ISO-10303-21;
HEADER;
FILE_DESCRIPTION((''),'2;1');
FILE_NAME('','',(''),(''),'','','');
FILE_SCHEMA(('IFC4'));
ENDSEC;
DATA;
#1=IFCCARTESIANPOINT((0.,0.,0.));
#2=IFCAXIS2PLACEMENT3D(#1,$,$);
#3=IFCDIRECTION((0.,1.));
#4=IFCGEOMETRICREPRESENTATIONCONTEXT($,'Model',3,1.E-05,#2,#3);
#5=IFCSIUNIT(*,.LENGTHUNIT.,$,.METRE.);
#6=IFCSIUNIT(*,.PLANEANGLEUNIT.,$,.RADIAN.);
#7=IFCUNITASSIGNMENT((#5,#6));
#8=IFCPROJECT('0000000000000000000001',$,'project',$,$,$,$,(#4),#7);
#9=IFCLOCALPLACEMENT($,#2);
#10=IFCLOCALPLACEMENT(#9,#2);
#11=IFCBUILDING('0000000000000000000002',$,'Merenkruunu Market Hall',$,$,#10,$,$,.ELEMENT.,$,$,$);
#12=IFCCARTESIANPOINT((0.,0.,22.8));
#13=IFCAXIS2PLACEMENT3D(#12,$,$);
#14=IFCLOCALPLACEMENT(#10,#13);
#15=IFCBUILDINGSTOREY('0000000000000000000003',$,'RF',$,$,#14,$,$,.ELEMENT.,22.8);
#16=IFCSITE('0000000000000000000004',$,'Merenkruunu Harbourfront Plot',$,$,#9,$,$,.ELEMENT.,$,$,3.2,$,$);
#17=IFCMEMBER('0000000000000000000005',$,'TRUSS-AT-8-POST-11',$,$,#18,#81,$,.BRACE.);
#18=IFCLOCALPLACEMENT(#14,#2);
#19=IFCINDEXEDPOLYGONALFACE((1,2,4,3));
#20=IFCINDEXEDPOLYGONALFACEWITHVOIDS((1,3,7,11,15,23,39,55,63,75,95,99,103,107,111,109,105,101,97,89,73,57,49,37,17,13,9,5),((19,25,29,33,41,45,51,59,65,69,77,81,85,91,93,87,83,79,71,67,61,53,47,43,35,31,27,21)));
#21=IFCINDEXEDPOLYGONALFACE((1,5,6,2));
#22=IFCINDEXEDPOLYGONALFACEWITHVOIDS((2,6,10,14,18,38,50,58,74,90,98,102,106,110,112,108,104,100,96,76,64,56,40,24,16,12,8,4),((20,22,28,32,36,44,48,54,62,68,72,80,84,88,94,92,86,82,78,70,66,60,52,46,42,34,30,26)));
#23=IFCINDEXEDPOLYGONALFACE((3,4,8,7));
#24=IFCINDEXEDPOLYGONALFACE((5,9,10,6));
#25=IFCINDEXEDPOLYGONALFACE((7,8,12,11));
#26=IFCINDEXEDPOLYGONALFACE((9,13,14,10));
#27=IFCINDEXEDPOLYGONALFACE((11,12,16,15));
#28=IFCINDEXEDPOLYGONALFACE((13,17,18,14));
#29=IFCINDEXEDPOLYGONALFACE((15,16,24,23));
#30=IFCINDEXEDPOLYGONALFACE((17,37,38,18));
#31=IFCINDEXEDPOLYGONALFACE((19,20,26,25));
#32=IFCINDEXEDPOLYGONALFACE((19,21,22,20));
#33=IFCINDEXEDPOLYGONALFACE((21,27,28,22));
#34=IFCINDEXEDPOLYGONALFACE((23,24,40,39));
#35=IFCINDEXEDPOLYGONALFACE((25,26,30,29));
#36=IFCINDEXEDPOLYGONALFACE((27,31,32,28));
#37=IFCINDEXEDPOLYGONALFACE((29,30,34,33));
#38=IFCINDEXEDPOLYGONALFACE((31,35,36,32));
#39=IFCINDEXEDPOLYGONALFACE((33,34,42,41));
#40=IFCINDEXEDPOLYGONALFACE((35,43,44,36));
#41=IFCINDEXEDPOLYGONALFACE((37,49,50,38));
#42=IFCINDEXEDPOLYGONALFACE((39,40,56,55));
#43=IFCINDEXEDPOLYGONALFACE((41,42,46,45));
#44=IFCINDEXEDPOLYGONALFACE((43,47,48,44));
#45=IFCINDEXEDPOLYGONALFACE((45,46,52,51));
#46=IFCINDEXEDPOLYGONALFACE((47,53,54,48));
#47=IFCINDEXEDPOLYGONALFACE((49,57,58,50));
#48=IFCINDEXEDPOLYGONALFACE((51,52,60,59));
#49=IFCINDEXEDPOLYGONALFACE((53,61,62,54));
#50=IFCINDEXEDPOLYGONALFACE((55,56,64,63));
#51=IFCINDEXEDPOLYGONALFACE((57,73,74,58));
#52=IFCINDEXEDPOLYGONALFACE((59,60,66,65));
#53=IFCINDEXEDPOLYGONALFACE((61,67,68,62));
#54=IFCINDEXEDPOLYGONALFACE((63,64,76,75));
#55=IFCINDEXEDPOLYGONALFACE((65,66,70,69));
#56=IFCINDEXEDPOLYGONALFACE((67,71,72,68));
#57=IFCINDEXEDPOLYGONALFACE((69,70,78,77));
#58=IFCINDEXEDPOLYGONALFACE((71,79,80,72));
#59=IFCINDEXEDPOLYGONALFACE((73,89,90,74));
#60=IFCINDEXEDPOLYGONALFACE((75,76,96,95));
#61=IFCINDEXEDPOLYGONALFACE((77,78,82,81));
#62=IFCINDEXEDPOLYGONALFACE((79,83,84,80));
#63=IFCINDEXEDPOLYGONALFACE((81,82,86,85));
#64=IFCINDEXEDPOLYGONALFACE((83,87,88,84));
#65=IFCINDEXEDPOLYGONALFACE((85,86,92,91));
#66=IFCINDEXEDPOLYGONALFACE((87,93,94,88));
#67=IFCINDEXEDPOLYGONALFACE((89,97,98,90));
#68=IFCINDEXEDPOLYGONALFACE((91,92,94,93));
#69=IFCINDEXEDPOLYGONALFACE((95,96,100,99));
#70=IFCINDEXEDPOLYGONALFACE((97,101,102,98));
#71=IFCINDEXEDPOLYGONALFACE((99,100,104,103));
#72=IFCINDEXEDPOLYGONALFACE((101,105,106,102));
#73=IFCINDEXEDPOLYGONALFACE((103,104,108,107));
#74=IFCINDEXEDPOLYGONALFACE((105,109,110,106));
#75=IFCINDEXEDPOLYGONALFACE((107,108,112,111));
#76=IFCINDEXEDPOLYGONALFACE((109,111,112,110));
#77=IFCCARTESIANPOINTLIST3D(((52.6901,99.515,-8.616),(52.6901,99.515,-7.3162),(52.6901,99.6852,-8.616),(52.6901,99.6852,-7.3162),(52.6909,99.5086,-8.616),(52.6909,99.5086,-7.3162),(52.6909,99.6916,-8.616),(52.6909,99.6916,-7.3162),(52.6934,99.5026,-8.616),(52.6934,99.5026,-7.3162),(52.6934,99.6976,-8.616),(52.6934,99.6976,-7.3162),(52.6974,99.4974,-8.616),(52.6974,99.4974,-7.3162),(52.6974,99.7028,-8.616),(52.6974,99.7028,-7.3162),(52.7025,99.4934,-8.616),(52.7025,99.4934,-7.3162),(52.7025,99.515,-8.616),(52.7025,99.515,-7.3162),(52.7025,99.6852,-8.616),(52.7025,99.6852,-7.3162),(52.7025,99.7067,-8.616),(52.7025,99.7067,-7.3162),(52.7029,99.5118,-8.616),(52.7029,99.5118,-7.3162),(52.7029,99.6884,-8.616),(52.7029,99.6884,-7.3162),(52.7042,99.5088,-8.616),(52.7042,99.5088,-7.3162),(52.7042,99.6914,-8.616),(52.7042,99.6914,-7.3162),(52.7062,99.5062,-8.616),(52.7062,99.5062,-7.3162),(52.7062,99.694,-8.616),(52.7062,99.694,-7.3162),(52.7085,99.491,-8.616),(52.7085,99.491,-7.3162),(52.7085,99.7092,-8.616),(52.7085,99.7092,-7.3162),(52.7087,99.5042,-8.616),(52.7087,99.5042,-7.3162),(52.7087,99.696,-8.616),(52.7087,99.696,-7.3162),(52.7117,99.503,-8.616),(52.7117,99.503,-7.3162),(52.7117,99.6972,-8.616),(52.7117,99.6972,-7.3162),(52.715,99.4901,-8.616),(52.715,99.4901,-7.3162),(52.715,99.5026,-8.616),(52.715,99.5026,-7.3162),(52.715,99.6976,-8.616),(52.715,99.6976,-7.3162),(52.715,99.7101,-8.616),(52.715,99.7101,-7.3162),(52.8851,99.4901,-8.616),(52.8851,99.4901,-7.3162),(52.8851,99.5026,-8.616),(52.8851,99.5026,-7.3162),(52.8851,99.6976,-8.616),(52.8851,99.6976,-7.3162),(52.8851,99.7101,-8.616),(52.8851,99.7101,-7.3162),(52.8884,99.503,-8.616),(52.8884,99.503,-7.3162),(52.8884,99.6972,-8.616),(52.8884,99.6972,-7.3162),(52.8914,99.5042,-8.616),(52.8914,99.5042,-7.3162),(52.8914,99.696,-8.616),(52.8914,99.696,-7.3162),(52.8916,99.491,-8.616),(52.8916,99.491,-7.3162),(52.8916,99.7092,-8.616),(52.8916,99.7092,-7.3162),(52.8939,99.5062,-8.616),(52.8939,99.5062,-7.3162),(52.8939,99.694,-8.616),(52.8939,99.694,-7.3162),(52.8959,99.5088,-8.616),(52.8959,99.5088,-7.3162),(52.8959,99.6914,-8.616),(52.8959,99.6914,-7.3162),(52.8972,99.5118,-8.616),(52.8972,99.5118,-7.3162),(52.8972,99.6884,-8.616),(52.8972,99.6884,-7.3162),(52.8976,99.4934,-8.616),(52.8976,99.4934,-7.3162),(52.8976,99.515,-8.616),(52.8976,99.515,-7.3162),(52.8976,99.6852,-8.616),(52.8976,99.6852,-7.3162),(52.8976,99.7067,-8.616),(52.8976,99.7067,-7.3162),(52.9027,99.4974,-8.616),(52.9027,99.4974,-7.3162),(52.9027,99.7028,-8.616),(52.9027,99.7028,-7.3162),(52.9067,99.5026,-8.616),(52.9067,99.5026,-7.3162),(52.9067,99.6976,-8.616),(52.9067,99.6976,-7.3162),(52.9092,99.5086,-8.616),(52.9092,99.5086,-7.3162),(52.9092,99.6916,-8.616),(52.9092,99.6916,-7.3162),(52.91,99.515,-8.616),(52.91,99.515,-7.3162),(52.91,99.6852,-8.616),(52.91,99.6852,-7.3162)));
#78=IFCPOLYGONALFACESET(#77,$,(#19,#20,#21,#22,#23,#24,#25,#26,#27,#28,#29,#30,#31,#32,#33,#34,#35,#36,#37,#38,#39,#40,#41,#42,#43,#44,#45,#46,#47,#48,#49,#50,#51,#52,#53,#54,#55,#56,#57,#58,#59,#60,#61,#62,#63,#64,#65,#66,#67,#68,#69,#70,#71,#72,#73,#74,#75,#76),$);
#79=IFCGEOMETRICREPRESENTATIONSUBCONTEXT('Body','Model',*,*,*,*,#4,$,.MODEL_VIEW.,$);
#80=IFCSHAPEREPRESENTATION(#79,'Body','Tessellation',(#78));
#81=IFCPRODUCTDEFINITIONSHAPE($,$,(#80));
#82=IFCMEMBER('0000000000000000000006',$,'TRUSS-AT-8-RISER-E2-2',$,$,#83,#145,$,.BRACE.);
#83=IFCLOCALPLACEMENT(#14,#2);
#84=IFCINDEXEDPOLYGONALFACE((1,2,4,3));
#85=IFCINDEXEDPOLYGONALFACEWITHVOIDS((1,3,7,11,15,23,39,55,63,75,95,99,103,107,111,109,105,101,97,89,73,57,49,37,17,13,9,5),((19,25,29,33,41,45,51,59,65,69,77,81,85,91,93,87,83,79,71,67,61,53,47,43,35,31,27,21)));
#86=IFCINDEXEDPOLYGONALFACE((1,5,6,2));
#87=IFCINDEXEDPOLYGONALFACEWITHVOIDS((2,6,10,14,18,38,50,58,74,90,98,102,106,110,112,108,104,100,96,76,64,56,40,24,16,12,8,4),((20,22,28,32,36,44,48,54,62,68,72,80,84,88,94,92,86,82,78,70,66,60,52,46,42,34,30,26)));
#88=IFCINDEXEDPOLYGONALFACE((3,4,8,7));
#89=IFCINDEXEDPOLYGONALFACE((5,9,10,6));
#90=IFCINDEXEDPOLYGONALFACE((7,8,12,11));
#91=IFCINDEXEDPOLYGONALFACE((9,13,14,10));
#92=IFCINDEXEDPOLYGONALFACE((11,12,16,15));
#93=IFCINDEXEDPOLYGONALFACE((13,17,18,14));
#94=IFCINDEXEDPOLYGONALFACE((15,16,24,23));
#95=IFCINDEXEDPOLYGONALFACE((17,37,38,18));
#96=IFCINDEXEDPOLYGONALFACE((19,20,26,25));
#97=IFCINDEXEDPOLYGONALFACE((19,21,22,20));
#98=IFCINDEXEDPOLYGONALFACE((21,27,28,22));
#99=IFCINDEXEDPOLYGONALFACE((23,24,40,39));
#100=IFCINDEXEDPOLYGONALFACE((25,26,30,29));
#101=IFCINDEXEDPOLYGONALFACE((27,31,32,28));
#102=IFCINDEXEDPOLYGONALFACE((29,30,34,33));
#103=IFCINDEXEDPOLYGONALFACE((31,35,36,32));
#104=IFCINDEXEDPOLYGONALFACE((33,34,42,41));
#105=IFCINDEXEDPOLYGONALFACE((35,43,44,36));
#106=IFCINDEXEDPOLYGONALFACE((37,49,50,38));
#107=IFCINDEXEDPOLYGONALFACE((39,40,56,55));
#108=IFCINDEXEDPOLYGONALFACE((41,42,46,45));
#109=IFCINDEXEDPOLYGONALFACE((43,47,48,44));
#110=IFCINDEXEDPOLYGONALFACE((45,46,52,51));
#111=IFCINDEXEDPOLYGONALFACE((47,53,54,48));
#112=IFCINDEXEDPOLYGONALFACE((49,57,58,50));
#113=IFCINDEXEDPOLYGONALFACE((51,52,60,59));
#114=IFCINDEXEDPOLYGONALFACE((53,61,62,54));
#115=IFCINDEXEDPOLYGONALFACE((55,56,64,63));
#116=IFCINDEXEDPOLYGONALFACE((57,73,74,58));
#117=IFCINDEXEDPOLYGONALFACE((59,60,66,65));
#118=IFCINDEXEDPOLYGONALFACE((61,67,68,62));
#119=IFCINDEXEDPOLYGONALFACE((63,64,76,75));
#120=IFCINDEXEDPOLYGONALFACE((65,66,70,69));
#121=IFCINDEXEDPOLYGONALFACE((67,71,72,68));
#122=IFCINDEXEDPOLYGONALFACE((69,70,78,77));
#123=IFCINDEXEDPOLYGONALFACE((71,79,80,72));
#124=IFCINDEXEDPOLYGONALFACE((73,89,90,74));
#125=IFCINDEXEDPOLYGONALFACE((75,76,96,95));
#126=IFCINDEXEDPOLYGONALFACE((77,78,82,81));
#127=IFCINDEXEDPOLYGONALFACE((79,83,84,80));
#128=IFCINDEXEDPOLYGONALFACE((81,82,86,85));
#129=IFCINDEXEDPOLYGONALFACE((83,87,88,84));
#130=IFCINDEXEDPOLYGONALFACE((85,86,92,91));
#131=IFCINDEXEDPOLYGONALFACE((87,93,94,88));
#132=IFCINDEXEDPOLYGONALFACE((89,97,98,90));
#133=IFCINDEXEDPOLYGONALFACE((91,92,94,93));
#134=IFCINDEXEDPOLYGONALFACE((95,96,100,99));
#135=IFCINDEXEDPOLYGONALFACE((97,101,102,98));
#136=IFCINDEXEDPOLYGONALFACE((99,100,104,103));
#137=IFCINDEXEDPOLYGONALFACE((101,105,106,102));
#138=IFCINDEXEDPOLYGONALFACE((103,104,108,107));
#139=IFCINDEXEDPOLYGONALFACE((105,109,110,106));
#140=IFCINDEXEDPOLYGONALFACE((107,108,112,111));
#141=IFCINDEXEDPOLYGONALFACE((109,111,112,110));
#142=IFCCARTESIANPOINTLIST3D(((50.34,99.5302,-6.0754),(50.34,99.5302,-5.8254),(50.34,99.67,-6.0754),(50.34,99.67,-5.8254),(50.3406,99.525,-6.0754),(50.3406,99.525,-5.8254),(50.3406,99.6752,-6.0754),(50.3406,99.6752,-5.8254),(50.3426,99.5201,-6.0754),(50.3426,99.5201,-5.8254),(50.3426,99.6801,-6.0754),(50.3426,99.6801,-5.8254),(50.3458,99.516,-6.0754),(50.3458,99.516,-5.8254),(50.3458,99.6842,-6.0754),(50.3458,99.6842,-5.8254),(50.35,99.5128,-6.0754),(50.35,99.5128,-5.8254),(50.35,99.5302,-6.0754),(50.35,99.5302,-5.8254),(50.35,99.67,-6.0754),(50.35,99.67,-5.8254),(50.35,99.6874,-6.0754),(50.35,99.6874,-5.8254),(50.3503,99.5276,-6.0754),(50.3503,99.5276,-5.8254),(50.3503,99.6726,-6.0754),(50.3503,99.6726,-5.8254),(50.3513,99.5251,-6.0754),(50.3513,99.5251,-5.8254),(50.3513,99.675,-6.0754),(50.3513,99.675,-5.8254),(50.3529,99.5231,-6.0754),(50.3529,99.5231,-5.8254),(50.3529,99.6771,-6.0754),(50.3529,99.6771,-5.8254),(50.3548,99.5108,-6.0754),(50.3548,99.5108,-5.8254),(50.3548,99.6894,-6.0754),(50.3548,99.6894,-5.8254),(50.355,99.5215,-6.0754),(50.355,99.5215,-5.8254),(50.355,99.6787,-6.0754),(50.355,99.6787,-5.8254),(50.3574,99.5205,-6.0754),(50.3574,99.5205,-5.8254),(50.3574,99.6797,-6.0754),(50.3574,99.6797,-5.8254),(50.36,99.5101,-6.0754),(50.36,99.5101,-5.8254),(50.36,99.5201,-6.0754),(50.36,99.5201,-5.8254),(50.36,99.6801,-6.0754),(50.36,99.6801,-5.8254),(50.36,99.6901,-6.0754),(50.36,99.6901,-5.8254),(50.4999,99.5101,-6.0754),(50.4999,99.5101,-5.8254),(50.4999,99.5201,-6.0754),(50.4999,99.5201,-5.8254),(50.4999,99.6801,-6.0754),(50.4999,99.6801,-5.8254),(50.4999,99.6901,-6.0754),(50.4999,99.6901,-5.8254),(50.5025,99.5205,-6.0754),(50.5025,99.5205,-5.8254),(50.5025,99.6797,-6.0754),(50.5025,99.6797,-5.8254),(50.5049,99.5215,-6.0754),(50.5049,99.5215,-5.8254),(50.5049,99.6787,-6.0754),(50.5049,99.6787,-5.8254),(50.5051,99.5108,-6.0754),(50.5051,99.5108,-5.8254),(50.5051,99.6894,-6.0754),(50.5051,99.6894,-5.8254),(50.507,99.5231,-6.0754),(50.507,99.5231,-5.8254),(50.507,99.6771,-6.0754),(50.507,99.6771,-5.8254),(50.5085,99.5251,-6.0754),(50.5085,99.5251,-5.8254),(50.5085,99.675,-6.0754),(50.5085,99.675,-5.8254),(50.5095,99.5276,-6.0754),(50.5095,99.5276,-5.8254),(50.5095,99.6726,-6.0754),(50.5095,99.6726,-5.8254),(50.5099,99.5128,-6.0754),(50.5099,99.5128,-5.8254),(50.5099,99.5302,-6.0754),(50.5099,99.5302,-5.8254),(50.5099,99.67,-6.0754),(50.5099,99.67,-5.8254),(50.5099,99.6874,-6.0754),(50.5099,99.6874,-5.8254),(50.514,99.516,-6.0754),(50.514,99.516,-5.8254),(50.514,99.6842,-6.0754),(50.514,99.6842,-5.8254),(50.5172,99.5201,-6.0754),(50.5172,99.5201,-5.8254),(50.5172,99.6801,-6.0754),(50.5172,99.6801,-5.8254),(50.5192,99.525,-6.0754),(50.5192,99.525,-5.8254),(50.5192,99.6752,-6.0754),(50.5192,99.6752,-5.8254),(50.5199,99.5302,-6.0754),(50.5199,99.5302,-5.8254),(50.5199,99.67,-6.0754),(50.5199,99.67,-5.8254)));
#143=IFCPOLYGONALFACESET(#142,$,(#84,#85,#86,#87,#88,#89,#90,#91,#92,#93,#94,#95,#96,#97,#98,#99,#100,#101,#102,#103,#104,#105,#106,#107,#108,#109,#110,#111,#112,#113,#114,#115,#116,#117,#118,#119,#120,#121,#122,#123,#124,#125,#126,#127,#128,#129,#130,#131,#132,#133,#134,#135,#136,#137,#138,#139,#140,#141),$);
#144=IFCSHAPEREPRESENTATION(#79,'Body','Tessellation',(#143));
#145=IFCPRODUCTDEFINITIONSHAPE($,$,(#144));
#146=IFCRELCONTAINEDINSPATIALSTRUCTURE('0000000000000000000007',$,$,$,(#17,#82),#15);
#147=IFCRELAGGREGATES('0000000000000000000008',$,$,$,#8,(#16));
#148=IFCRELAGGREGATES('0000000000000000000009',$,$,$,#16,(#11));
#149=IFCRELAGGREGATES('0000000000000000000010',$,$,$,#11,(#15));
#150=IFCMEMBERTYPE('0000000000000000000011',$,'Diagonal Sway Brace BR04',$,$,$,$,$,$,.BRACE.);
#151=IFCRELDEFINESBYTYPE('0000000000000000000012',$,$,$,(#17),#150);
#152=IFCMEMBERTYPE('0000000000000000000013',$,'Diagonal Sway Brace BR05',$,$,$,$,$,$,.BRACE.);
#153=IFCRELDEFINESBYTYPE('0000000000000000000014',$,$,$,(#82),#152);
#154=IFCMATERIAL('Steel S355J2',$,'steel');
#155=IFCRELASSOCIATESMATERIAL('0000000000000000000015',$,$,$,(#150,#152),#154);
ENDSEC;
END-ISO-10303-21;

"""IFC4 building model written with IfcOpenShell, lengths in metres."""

from ifc_helpers import new_model, si_unit, direction, frame, origin, origin_2d, place, context, subcontext, project, spatial, hollow_rectangle, extrude, material, material_profile, profile_set, type_object, element, save


model = new_model("IFC4")

# Units and contexts
model_context = context("Model", 3, precision=1e-05, world=origin(), true_north=direction((0.0, 1.0)))
body_context = subcontext(model_context, "Body", "Model", "MODEL_VIEW")
ifc_project = project(units=[si_unit("LENGTHUNIT", "METRE"), si_unit("PLANEANGLEUNIT", "RADIAN")], contexts=[model_context])

# Site, building, storey
site_placement = place(None, origin())
site = spatial("IfcSite", under=ifc_project, at=site_placement, Name="Merenkruunu Harbourfront Plot", CompositionType="ELEMENT", RefElevation=3.2)
building_placement = place(site_placement, origin())
building = spatial("IfcBuilding", under=site, at=building_placement, Name="Merenkruunu Market Hall", CompositionType="ELEMENT")
storey_placement = place(building_placement, frame((0.0, 0.0, 22.8)))
storey = spatial("IfcBuildingStorey", under=building, at=storey_placement, Name="RF", CompositionType="ELEMENT", Elevation=22.8)

# Members
ifc_material_1 = material(Name="Steel S355J2", Category="steel")
ifc_material_profile_1 = material_profile(ifc_material_1, hollow_rectangle(XDim=0.22, YDim=0.22, WallThickness=0.0125, InnerFilletRadius=0.0125, OuterFilletRadius=0.0249, at=origin_2d()), Name="SHS 220x220x12.5")
ifc_profile_set_1 = profile_set([ifc_material_profile_1], Name="Steel S355J2")
member_type_1 = type_object("IfcMemberType", Name="Diagonal Sway Brace BR04", PredefinedType="BRACE", material=ifc_profile_set_1)
member_1_placement = place(storey_placement, frame((52.8, 99.6001, -8.616), z_axis=(0.0, 0.0, 1.0), x_axis=(1.0, 0.0, 0.0)))
element("IfcMember", 1, at=member_1_placement, inside=storey, type_object=member_type_1, Name="TRUSS-AT-8-POST-11", PredefinedType="BRACE", context=body_context, shape_type="SweptSolid", body=[
    extrude(hollow_rectangle(XDim=0.22, YDim=0.22, WallThickness=0.0125, InnerFilletRadius=0.0125, OuterFilletRadius=0.0249, at=origin_2d()), origin(), (0.0, 0.0, 1.0), 1.2998),
])
ifc_material_profile_2 = material_profile(ifc_material_1, hollow_rectangle(XDim=0.1799, YDim=0.1799, WallThickness=0.01, InnerFilletRadius=0.01, OuterFilletRadius=0.02, at=origin_2d()), Name="SHS 180x180x10")
ifc_profile_set_2 = profile_set([ifc_material_profile_2], Name="Steel S355J2")
member_type_2 = type_object("IfcMemberType", Name="Diagonal Sway Brace BR05", PredefinedType="BRACE", material=ifc_profile_set_2)
member_2_placement = place(storey_placement, frame((50.4299, 99.6001, -6.0754), z_axis=(0.0, 0.0, 1.0), x_axis=(1.0, 0.0, 0.0)))
element("IfcMember", 2, at=member_2_placement, inside=storey, type_object=member_type_2, Name="TRUSS-AT-8-RISER-E2-2", PredefinedType="BRACE", context=body_context, shape_type="SweptSolid", body=[
    extrude(hollow_rectangle(XDim=0.1799, YDim=0.1799, WallThickness=0.01, InnerFilletRadius=0.01, OuterFilletRadius=0.02, at=origin_2d()), origin(), (0.0, 0.0, 1.0), 0.25),
])

save(model, "model.ifc")
